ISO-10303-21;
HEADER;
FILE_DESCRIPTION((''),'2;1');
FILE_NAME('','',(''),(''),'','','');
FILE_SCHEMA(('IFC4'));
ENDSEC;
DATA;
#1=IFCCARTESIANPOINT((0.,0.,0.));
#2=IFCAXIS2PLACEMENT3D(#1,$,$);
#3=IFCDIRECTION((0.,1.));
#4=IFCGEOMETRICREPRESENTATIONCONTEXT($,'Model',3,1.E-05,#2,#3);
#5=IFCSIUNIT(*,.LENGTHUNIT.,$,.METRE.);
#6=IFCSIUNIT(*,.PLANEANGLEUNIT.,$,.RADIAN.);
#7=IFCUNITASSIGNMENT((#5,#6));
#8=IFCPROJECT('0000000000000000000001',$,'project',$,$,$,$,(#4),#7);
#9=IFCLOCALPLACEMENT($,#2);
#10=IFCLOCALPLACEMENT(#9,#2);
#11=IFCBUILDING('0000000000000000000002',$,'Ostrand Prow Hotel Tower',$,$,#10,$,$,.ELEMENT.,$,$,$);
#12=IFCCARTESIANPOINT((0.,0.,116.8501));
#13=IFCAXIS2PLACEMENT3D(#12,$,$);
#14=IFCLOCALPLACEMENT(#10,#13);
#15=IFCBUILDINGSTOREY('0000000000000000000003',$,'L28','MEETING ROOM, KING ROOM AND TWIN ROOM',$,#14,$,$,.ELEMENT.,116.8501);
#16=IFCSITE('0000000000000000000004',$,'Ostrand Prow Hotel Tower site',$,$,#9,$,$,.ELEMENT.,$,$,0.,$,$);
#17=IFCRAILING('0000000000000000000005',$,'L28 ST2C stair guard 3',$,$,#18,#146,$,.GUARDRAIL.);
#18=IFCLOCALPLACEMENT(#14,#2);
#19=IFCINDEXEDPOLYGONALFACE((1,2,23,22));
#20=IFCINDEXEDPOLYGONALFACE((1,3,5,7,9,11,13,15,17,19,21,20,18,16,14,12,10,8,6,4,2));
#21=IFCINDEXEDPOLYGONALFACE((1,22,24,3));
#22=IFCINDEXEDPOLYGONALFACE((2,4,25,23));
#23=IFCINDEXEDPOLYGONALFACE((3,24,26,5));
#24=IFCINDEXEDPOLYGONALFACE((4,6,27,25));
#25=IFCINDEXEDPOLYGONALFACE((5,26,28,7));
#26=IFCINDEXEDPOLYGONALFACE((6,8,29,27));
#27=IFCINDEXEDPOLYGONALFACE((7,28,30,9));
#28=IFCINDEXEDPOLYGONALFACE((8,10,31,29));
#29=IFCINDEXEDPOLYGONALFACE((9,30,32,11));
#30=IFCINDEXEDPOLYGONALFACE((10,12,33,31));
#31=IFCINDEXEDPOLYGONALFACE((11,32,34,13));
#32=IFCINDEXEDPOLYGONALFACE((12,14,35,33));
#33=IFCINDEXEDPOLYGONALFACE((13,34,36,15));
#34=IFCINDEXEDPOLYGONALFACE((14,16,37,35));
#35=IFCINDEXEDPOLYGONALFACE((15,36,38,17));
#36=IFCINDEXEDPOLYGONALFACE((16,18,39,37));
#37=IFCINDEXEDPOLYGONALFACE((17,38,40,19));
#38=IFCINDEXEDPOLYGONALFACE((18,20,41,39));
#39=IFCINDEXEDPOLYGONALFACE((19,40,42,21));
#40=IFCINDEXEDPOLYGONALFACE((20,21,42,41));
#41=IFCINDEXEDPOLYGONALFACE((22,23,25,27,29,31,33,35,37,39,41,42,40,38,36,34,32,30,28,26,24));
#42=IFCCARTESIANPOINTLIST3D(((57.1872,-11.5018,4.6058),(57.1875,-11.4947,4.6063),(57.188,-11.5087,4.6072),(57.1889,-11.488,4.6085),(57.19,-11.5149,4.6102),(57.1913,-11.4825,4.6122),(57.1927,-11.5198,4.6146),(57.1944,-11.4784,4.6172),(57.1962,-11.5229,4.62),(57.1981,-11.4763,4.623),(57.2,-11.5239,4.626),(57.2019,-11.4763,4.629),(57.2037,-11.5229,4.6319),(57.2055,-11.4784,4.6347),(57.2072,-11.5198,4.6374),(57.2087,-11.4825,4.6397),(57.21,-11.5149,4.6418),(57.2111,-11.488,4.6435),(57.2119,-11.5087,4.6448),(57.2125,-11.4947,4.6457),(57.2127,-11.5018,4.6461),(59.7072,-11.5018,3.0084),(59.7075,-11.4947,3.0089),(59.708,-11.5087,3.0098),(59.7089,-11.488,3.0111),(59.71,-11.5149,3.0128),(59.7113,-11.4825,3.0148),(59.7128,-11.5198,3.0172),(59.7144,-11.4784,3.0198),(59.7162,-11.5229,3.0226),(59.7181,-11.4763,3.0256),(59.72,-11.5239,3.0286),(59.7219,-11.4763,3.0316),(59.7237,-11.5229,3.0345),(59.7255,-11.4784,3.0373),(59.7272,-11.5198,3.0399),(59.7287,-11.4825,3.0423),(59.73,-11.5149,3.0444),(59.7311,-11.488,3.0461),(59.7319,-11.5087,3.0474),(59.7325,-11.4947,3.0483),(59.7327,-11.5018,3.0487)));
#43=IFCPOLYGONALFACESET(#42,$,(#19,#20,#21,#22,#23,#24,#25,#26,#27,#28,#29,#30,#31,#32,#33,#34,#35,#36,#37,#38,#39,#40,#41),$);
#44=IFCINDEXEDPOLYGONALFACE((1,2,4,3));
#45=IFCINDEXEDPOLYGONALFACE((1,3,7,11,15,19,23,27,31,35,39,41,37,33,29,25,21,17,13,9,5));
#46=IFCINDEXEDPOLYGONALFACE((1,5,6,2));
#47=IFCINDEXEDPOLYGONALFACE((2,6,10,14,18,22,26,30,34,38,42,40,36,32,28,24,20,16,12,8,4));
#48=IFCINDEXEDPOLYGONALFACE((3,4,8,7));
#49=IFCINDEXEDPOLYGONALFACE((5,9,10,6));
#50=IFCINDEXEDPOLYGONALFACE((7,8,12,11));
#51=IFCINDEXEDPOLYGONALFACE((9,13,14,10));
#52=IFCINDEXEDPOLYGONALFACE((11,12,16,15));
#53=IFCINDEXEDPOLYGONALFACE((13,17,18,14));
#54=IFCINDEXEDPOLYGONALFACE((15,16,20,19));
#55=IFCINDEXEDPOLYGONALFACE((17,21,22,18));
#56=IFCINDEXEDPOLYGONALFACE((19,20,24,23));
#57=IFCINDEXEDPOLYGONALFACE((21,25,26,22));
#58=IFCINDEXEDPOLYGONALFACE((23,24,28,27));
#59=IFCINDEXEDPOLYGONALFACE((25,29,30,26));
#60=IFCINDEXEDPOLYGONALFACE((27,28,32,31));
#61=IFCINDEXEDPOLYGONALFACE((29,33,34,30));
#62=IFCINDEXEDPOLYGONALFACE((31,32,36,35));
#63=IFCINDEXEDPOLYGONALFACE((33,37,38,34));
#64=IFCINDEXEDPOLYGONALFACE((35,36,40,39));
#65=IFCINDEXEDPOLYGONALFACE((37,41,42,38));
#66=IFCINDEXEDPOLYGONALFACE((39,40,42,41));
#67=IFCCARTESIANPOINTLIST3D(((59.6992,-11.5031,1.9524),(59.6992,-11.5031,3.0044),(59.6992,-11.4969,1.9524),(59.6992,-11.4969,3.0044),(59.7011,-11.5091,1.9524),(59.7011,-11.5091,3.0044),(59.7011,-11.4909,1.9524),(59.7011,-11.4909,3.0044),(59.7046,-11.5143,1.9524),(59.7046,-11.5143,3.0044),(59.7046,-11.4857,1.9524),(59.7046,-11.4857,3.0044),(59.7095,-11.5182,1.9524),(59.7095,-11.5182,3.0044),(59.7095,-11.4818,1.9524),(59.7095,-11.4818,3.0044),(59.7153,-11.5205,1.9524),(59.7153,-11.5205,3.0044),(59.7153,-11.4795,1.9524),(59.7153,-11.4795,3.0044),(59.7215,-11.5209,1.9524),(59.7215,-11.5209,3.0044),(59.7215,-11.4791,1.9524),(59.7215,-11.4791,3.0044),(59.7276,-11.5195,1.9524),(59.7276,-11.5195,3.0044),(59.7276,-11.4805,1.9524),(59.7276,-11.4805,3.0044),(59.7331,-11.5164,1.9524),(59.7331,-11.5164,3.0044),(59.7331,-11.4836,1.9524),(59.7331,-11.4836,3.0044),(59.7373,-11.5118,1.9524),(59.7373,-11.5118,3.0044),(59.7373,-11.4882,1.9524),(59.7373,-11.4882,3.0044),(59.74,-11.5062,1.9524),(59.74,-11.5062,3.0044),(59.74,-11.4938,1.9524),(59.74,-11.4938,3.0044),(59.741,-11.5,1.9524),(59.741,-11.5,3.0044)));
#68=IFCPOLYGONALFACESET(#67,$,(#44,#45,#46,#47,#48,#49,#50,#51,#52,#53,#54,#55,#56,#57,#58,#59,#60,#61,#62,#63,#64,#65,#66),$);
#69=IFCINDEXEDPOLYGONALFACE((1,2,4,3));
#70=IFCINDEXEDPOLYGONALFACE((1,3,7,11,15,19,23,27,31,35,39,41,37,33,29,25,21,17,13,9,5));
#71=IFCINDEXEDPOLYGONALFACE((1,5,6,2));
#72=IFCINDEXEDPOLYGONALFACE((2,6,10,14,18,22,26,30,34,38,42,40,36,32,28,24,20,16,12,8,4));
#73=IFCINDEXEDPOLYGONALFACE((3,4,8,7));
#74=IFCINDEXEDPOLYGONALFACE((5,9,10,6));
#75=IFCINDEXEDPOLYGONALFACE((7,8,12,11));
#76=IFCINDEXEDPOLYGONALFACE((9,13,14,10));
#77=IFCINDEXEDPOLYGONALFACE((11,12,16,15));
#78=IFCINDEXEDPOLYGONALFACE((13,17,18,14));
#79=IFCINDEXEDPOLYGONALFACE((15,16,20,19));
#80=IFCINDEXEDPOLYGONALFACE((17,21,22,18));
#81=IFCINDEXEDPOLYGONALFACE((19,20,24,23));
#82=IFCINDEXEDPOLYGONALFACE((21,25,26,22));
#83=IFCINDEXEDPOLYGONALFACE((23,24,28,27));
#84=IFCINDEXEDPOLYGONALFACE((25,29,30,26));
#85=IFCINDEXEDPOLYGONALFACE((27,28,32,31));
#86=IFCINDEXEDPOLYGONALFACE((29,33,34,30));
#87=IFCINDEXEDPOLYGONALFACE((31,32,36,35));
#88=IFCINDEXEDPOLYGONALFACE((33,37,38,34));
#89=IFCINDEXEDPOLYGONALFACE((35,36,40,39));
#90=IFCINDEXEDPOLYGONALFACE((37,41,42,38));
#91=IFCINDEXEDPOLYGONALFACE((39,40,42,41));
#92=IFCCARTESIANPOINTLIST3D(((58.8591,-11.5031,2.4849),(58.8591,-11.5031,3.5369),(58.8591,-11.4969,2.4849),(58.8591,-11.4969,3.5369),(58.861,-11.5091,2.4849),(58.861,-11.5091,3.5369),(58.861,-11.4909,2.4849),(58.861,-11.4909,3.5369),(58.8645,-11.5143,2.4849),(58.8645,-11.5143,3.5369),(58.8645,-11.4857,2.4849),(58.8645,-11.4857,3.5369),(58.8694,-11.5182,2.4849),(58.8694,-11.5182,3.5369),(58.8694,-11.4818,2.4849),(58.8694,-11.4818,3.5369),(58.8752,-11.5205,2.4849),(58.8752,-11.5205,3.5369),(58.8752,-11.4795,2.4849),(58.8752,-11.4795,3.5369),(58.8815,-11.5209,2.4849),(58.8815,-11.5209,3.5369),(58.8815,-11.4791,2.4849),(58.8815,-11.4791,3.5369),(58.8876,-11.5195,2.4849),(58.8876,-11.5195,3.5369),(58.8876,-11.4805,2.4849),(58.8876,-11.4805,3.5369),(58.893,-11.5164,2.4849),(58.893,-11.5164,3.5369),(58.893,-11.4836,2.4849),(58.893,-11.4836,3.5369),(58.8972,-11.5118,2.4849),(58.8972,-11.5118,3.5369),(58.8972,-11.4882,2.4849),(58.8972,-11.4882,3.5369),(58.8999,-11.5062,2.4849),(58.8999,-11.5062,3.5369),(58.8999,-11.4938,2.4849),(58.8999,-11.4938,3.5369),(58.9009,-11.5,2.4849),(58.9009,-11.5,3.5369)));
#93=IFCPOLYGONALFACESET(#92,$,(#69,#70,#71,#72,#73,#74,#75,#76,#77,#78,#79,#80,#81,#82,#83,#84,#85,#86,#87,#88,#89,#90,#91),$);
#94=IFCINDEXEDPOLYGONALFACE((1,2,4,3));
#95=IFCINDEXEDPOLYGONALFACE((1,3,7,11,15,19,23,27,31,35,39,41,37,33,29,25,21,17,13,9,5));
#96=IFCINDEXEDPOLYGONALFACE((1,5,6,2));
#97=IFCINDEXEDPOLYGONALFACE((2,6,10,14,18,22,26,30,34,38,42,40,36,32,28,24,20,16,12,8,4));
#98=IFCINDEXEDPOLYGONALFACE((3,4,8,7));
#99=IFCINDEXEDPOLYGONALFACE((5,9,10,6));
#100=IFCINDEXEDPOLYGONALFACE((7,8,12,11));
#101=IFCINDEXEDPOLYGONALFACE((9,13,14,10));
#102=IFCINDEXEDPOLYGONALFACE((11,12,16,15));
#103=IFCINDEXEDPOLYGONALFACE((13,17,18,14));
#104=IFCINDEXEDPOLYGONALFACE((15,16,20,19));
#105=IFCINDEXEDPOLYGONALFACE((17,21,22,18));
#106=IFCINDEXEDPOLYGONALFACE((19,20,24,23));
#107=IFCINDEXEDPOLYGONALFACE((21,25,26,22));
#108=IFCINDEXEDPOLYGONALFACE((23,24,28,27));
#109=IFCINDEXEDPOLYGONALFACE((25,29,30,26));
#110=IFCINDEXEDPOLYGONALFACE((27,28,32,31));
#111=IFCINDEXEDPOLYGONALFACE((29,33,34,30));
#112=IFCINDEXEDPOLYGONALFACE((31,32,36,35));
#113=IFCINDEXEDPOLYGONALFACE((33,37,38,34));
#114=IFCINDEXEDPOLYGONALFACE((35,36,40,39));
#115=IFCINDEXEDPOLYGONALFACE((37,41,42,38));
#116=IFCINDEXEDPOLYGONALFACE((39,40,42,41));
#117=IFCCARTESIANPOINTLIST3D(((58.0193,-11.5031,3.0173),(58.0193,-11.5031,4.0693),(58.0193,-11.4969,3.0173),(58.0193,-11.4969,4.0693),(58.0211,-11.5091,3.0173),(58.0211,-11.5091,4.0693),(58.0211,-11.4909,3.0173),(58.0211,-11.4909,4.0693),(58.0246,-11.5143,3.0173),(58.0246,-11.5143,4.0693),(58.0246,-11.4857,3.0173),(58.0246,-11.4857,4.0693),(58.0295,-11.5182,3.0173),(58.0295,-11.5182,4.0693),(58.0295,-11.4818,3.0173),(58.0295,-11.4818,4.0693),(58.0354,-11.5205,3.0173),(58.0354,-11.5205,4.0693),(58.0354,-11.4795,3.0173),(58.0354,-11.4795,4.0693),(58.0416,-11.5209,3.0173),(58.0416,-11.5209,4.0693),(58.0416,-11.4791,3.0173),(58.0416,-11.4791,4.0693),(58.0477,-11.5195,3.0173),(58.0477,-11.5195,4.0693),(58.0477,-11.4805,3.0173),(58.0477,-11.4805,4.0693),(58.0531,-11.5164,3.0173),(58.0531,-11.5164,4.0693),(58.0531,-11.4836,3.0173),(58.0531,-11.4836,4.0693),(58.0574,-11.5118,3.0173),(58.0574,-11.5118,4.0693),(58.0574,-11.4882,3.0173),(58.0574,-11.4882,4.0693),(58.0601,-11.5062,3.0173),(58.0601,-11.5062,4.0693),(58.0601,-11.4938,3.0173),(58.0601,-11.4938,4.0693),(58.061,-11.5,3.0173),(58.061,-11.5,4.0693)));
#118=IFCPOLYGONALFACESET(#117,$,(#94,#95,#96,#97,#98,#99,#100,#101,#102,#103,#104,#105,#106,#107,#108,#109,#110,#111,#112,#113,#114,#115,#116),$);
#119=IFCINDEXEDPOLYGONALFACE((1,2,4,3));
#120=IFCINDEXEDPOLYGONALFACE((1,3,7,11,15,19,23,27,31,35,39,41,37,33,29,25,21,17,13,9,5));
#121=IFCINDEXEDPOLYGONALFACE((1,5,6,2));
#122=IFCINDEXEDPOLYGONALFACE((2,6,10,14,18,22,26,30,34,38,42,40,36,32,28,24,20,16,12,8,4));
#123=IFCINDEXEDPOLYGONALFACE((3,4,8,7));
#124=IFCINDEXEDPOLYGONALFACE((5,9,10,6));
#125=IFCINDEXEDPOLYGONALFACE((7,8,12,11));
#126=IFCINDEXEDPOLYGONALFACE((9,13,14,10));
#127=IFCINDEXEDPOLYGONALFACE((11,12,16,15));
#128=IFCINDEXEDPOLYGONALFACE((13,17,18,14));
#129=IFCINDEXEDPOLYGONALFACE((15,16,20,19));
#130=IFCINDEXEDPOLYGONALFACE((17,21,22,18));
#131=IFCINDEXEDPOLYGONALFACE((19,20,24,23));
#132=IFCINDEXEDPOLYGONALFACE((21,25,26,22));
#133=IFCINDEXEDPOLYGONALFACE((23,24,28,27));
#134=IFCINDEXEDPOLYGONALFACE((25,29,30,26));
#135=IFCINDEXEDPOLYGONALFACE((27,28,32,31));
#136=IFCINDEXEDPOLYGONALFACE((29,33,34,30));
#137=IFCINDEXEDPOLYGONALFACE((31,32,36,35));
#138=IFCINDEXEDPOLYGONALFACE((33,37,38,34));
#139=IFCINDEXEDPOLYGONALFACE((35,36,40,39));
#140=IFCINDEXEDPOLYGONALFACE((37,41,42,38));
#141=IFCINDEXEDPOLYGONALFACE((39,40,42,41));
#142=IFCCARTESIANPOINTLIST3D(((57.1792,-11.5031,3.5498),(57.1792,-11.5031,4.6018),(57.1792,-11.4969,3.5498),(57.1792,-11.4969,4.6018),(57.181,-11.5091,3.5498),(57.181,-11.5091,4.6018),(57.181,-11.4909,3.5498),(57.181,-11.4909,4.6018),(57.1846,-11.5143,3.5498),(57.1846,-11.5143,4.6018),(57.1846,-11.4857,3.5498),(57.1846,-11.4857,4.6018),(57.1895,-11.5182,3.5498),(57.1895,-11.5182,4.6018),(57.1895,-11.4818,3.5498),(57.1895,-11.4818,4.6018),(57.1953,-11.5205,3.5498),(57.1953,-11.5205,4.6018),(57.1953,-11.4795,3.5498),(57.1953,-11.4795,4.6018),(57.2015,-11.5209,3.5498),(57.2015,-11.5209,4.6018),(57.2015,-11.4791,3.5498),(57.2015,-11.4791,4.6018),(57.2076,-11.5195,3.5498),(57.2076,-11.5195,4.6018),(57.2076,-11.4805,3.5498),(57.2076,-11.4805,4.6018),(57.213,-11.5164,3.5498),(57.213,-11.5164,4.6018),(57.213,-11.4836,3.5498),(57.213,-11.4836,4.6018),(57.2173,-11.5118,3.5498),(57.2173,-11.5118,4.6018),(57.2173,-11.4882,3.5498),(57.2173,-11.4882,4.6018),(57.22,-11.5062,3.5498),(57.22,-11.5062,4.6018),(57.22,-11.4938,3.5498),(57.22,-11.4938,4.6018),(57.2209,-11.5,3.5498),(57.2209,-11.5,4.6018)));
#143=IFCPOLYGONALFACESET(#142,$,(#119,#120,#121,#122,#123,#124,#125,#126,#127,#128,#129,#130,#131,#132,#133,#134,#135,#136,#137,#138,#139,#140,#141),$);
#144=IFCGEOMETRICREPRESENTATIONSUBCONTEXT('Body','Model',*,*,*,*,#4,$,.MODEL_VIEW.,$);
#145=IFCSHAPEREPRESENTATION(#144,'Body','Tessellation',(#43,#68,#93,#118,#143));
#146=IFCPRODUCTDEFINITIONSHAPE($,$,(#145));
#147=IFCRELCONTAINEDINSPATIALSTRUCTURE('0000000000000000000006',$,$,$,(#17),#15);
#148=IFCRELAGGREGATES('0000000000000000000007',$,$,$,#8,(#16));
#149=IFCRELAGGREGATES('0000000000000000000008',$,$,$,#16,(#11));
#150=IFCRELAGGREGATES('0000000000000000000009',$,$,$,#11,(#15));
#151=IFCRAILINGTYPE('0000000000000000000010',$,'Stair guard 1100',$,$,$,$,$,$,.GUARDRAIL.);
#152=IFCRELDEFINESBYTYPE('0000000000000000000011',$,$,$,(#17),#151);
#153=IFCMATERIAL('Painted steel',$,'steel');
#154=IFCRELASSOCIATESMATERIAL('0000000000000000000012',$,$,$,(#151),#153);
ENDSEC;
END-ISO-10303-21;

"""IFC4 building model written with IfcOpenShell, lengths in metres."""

from ifc_helpers import new_model, si_unit, direction, frame, origin, origin_2d, place, context, subcontext, project, spatial, circle, extrude, material, type_object, element, save


model = new_model("IFC4")

# Units and contexts
model_context = context("Model", 3, precision=1e-05, world=origin(), true_north=direction((0.0, 1.0)))
body_context = subcontext(model_context, "Body", "Model", "MODEL_VIEW")
ifc_project = project(units=[si_unit("LENGTHUNIT", "METRE"), si_unit("PLANEANGLEUNIT", "RADIAN")], contexts=[model_context])

# Site, building, storey
site_placement = place(None, origin())
site = spatial("IfcSite", under=ifc_project, at=site_placement, Name="Ostrand Prow Hotel Tower site", CompositionType="ELEMENT", RefElevation=0.0)
building_placement = place(site_placement, origin())
building = spatial("IfcBuilding", under=site, at=building_placement, Name="Ostrand Prow Hotel Tower", CompositionType="ELEMENT")
storey_placement = place(building_placement, frame((0.0, 0.0, 116.8501)))
storey = spatial("IfcBuildingStorey", under=building, at=storey_placement, Name="L28", Description="MEETING ROOM, KING ROOM AND TWIN ROOM", CompositionType="ELEMENT", Elevation=116.8501)

# Railing
ifc_material_1 = material(Name="Painted steel", Category="steel")
railing_type_1 = type_object("IfcRailingType", Name="Stair guard 1100", PredefinedType="GUARDRAIL", material=ifc_material_1)
railing_1_placement = place(storey_placement, frame((59.72, -11.5, 1.9524)))
element("IfcRailing", 1, at=railing_1_placement, inside=storey, type_object=railing_type_1, Name="L28 ST2C stair guard 3", PredefinedType="GUARDRAIL", context=body_context, shape_type="SweptSolid", body=[
    extrude(circle(Radius=0.0239, at=origin_2d()), frame((0.0, 0.0, 1.0762), z_axis=(-0.844607, 0.0, 0.535387), x_axis=(0.0, -1.0, 0.0)), (0.0, 0.0, 1.0), 2.9836),
    extrude(circle(Radius=0.021, at=origin_2d()), origin(), (0.0, 0.0, 1.0), 1.052),
    extrude(circle(Radius=0.021, at=origin_2d()), frame((-0.8401, 0.0, 0.5325)), (0.0, 0.0, 1.0), 1.052),
    extrude(circle(Radius=0.021, at=origin_2d()), frame((-1.6799, 0.0, 1.0649)), (0.0, 0.0, 1.0), 1.052),
    extrude(circle(Radius=0.021, at=origin_2d()), frame((-2.52, 0.0, 1.5974)), (0.0, 0.0, 1.0), 1.052),
])

save(model, "model.ifc")
